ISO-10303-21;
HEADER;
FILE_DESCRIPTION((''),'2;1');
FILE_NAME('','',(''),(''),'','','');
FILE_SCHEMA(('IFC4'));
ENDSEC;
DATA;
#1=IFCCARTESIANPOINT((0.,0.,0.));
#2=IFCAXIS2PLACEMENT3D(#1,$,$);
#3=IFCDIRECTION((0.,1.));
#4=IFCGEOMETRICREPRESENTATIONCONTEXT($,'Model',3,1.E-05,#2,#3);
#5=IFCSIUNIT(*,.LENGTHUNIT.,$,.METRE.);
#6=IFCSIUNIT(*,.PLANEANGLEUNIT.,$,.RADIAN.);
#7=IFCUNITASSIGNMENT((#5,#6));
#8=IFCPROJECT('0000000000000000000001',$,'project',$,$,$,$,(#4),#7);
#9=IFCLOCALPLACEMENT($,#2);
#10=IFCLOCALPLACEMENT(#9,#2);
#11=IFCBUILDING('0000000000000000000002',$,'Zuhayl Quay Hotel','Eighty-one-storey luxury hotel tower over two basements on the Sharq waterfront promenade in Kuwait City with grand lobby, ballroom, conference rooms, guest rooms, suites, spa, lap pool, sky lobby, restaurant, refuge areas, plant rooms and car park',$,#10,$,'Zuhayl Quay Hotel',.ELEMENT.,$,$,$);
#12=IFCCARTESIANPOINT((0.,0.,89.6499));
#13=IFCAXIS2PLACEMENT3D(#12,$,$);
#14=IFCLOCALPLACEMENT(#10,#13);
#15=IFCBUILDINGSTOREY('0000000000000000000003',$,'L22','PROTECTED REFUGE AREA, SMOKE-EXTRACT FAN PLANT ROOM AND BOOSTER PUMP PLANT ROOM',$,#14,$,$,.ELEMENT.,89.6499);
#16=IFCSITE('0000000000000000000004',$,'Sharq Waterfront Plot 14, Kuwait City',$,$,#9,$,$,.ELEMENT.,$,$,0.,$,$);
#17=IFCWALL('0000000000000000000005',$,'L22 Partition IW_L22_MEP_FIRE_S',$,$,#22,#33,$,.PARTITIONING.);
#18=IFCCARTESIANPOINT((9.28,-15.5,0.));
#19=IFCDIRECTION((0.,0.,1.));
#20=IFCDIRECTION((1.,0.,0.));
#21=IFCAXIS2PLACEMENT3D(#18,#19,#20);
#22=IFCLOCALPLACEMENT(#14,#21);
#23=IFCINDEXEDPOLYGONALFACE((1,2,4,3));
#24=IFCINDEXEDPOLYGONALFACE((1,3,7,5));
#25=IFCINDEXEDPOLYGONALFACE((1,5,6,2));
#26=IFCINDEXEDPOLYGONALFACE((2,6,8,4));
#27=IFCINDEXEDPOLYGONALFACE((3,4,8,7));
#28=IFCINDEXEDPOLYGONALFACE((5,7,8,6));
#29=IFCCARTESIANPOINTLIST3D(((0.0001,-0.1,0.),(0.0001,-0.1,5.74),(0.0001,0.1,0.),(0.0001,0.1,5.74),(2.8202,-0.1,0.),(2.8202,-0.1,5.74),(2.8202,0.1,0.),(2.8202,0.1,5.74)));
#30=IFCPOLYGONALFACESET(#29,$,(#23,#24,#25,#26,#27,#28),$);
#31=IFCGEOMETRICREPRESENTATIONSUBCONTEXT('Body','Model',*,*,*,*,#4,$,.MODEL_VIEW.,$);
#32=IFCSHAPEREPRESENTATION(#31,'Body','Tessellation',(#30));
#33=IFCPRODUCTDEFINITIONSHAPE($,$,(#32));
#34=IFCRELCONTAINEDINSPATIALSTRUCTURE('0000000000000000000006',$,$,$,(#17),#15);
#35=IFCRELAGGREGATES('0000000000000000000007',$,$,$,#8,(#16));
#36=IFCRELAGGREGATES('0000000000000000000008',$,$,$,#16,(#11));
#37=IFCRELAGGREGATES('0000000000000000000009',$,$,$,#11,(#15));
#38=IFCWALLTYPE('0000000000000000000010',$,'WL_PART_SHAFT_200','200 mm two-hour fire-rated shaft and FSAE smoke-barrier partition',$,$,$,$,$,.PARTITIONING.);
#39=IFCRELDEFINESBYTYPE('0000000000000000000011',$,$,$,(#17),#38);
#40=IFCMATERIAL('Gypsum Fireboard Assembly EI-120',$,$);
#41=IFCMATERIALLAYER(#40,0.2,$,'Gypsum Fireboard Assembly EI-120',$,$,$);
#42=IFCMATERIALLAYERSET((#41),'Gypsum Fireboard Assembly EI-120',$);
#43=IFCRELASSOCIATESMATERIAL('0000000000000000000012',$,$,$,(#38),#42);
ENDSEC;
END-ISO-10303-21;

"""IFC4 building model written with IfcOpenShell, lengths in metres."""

from ifc_helpers import new_model, si_unit, direction, frame, frame_2d, origin, place, context, subcontext, project, spatial, rectangle, extrude, material, layer, layer_set, type_object, element, save


model = new_model("IFC4")

# Units and contexts
model_context = context("Model", 3, precision=1e-05, world=origin(), true_north=direction((0.0, 1.0)))
body_context = subcontext(model_context, "Body", "Model", "MODEL_VIEW")
ifc_project = project(units=[si_unit("LENGTHUNIT", "METRE"), si_unit("PLANEANGLEUNIT", "RADIAN")], contexts=[model_context])

# Site, building, storey
site_placement = place(None, origin())
site = spatial("IfcSite", under=ifc_project, at=site_placement, Name="Sharq Waterfront Plot 14, Kuwait City", CompositionType="ELEMENT", RefElevation=0.0)
building_placement = place(site_placement, origin())
building = spatial("IfcBuilding", under=site, at=building_placement, Name="Zuhayl Quay Hotel", Description="Eighty-one-storey luxury hotel tower over two basements on the Sharq waterfront promenade in Kuwait City with grand lobby, ballroom, conference rooms, guest rooms, suites, spa, lap pool, sky lobby, restaurant, refuge areas, plant rooms and car park", LongName="Zuhayl Quay Hotel", CompositionType="ELEMENT")
storey_placement = place(building_placement, frame((0.0, 0.0, 89.6499)))
storey = spatial("IfcBuildingStorey", under=building, at=storey_placement, Name="L22", Description="PROTECTED REFUGE AREA, SMOKE-EXTRACT FAN PLANT ROOM AND BOOSTER PUMP PLANT ROOM", CompositionType="ELEMENT", Elevation=89.6499)

# Wall
ifc_material_1 = material(Name="Gypsum Fireboard Assembly EI-120")
ifc_layer_1 = layer(ifc_material_1, 0.2, Name="Gypsum Fireboard Assembly EI-120")
ifc_layer_set_1 = layer_set([ifc_layer_1], Name="Gypsum Fireboard Assembly EI-120")
wall_type = type_object("IfcWallType", Name="WL_PART_SHAFT_200", Description="200 mm two-hour fire-rated shaft and FSAE smoke-barrier partition", PredefinedType="PARTITIONING", material=ifc_layer_set_1)
wall_1_placement = place(storey_placement, frame((9.28, -15.5, 0.0), z_axis=(0.0, 0.0, 1.0), x_axis=(1.0, 0.0, 0.0)))
element("IfcWall", 1, at=wall_1_placement, inside=storey, type_object=wall_type, Name="L22 Partition IW_L22_MEP_FIRE_S", PredefinedType="PARTITIONING", context=body_context, shape_type="SweptSolid", body=[
    extrude(rectangle(XDim=2.8201, YDim=0.2, at=frame_2d((1.4102, 0.0))), origin(), (0.0, 0.0, 1.0), 5.74),
])

save(model, "model.ifc")
